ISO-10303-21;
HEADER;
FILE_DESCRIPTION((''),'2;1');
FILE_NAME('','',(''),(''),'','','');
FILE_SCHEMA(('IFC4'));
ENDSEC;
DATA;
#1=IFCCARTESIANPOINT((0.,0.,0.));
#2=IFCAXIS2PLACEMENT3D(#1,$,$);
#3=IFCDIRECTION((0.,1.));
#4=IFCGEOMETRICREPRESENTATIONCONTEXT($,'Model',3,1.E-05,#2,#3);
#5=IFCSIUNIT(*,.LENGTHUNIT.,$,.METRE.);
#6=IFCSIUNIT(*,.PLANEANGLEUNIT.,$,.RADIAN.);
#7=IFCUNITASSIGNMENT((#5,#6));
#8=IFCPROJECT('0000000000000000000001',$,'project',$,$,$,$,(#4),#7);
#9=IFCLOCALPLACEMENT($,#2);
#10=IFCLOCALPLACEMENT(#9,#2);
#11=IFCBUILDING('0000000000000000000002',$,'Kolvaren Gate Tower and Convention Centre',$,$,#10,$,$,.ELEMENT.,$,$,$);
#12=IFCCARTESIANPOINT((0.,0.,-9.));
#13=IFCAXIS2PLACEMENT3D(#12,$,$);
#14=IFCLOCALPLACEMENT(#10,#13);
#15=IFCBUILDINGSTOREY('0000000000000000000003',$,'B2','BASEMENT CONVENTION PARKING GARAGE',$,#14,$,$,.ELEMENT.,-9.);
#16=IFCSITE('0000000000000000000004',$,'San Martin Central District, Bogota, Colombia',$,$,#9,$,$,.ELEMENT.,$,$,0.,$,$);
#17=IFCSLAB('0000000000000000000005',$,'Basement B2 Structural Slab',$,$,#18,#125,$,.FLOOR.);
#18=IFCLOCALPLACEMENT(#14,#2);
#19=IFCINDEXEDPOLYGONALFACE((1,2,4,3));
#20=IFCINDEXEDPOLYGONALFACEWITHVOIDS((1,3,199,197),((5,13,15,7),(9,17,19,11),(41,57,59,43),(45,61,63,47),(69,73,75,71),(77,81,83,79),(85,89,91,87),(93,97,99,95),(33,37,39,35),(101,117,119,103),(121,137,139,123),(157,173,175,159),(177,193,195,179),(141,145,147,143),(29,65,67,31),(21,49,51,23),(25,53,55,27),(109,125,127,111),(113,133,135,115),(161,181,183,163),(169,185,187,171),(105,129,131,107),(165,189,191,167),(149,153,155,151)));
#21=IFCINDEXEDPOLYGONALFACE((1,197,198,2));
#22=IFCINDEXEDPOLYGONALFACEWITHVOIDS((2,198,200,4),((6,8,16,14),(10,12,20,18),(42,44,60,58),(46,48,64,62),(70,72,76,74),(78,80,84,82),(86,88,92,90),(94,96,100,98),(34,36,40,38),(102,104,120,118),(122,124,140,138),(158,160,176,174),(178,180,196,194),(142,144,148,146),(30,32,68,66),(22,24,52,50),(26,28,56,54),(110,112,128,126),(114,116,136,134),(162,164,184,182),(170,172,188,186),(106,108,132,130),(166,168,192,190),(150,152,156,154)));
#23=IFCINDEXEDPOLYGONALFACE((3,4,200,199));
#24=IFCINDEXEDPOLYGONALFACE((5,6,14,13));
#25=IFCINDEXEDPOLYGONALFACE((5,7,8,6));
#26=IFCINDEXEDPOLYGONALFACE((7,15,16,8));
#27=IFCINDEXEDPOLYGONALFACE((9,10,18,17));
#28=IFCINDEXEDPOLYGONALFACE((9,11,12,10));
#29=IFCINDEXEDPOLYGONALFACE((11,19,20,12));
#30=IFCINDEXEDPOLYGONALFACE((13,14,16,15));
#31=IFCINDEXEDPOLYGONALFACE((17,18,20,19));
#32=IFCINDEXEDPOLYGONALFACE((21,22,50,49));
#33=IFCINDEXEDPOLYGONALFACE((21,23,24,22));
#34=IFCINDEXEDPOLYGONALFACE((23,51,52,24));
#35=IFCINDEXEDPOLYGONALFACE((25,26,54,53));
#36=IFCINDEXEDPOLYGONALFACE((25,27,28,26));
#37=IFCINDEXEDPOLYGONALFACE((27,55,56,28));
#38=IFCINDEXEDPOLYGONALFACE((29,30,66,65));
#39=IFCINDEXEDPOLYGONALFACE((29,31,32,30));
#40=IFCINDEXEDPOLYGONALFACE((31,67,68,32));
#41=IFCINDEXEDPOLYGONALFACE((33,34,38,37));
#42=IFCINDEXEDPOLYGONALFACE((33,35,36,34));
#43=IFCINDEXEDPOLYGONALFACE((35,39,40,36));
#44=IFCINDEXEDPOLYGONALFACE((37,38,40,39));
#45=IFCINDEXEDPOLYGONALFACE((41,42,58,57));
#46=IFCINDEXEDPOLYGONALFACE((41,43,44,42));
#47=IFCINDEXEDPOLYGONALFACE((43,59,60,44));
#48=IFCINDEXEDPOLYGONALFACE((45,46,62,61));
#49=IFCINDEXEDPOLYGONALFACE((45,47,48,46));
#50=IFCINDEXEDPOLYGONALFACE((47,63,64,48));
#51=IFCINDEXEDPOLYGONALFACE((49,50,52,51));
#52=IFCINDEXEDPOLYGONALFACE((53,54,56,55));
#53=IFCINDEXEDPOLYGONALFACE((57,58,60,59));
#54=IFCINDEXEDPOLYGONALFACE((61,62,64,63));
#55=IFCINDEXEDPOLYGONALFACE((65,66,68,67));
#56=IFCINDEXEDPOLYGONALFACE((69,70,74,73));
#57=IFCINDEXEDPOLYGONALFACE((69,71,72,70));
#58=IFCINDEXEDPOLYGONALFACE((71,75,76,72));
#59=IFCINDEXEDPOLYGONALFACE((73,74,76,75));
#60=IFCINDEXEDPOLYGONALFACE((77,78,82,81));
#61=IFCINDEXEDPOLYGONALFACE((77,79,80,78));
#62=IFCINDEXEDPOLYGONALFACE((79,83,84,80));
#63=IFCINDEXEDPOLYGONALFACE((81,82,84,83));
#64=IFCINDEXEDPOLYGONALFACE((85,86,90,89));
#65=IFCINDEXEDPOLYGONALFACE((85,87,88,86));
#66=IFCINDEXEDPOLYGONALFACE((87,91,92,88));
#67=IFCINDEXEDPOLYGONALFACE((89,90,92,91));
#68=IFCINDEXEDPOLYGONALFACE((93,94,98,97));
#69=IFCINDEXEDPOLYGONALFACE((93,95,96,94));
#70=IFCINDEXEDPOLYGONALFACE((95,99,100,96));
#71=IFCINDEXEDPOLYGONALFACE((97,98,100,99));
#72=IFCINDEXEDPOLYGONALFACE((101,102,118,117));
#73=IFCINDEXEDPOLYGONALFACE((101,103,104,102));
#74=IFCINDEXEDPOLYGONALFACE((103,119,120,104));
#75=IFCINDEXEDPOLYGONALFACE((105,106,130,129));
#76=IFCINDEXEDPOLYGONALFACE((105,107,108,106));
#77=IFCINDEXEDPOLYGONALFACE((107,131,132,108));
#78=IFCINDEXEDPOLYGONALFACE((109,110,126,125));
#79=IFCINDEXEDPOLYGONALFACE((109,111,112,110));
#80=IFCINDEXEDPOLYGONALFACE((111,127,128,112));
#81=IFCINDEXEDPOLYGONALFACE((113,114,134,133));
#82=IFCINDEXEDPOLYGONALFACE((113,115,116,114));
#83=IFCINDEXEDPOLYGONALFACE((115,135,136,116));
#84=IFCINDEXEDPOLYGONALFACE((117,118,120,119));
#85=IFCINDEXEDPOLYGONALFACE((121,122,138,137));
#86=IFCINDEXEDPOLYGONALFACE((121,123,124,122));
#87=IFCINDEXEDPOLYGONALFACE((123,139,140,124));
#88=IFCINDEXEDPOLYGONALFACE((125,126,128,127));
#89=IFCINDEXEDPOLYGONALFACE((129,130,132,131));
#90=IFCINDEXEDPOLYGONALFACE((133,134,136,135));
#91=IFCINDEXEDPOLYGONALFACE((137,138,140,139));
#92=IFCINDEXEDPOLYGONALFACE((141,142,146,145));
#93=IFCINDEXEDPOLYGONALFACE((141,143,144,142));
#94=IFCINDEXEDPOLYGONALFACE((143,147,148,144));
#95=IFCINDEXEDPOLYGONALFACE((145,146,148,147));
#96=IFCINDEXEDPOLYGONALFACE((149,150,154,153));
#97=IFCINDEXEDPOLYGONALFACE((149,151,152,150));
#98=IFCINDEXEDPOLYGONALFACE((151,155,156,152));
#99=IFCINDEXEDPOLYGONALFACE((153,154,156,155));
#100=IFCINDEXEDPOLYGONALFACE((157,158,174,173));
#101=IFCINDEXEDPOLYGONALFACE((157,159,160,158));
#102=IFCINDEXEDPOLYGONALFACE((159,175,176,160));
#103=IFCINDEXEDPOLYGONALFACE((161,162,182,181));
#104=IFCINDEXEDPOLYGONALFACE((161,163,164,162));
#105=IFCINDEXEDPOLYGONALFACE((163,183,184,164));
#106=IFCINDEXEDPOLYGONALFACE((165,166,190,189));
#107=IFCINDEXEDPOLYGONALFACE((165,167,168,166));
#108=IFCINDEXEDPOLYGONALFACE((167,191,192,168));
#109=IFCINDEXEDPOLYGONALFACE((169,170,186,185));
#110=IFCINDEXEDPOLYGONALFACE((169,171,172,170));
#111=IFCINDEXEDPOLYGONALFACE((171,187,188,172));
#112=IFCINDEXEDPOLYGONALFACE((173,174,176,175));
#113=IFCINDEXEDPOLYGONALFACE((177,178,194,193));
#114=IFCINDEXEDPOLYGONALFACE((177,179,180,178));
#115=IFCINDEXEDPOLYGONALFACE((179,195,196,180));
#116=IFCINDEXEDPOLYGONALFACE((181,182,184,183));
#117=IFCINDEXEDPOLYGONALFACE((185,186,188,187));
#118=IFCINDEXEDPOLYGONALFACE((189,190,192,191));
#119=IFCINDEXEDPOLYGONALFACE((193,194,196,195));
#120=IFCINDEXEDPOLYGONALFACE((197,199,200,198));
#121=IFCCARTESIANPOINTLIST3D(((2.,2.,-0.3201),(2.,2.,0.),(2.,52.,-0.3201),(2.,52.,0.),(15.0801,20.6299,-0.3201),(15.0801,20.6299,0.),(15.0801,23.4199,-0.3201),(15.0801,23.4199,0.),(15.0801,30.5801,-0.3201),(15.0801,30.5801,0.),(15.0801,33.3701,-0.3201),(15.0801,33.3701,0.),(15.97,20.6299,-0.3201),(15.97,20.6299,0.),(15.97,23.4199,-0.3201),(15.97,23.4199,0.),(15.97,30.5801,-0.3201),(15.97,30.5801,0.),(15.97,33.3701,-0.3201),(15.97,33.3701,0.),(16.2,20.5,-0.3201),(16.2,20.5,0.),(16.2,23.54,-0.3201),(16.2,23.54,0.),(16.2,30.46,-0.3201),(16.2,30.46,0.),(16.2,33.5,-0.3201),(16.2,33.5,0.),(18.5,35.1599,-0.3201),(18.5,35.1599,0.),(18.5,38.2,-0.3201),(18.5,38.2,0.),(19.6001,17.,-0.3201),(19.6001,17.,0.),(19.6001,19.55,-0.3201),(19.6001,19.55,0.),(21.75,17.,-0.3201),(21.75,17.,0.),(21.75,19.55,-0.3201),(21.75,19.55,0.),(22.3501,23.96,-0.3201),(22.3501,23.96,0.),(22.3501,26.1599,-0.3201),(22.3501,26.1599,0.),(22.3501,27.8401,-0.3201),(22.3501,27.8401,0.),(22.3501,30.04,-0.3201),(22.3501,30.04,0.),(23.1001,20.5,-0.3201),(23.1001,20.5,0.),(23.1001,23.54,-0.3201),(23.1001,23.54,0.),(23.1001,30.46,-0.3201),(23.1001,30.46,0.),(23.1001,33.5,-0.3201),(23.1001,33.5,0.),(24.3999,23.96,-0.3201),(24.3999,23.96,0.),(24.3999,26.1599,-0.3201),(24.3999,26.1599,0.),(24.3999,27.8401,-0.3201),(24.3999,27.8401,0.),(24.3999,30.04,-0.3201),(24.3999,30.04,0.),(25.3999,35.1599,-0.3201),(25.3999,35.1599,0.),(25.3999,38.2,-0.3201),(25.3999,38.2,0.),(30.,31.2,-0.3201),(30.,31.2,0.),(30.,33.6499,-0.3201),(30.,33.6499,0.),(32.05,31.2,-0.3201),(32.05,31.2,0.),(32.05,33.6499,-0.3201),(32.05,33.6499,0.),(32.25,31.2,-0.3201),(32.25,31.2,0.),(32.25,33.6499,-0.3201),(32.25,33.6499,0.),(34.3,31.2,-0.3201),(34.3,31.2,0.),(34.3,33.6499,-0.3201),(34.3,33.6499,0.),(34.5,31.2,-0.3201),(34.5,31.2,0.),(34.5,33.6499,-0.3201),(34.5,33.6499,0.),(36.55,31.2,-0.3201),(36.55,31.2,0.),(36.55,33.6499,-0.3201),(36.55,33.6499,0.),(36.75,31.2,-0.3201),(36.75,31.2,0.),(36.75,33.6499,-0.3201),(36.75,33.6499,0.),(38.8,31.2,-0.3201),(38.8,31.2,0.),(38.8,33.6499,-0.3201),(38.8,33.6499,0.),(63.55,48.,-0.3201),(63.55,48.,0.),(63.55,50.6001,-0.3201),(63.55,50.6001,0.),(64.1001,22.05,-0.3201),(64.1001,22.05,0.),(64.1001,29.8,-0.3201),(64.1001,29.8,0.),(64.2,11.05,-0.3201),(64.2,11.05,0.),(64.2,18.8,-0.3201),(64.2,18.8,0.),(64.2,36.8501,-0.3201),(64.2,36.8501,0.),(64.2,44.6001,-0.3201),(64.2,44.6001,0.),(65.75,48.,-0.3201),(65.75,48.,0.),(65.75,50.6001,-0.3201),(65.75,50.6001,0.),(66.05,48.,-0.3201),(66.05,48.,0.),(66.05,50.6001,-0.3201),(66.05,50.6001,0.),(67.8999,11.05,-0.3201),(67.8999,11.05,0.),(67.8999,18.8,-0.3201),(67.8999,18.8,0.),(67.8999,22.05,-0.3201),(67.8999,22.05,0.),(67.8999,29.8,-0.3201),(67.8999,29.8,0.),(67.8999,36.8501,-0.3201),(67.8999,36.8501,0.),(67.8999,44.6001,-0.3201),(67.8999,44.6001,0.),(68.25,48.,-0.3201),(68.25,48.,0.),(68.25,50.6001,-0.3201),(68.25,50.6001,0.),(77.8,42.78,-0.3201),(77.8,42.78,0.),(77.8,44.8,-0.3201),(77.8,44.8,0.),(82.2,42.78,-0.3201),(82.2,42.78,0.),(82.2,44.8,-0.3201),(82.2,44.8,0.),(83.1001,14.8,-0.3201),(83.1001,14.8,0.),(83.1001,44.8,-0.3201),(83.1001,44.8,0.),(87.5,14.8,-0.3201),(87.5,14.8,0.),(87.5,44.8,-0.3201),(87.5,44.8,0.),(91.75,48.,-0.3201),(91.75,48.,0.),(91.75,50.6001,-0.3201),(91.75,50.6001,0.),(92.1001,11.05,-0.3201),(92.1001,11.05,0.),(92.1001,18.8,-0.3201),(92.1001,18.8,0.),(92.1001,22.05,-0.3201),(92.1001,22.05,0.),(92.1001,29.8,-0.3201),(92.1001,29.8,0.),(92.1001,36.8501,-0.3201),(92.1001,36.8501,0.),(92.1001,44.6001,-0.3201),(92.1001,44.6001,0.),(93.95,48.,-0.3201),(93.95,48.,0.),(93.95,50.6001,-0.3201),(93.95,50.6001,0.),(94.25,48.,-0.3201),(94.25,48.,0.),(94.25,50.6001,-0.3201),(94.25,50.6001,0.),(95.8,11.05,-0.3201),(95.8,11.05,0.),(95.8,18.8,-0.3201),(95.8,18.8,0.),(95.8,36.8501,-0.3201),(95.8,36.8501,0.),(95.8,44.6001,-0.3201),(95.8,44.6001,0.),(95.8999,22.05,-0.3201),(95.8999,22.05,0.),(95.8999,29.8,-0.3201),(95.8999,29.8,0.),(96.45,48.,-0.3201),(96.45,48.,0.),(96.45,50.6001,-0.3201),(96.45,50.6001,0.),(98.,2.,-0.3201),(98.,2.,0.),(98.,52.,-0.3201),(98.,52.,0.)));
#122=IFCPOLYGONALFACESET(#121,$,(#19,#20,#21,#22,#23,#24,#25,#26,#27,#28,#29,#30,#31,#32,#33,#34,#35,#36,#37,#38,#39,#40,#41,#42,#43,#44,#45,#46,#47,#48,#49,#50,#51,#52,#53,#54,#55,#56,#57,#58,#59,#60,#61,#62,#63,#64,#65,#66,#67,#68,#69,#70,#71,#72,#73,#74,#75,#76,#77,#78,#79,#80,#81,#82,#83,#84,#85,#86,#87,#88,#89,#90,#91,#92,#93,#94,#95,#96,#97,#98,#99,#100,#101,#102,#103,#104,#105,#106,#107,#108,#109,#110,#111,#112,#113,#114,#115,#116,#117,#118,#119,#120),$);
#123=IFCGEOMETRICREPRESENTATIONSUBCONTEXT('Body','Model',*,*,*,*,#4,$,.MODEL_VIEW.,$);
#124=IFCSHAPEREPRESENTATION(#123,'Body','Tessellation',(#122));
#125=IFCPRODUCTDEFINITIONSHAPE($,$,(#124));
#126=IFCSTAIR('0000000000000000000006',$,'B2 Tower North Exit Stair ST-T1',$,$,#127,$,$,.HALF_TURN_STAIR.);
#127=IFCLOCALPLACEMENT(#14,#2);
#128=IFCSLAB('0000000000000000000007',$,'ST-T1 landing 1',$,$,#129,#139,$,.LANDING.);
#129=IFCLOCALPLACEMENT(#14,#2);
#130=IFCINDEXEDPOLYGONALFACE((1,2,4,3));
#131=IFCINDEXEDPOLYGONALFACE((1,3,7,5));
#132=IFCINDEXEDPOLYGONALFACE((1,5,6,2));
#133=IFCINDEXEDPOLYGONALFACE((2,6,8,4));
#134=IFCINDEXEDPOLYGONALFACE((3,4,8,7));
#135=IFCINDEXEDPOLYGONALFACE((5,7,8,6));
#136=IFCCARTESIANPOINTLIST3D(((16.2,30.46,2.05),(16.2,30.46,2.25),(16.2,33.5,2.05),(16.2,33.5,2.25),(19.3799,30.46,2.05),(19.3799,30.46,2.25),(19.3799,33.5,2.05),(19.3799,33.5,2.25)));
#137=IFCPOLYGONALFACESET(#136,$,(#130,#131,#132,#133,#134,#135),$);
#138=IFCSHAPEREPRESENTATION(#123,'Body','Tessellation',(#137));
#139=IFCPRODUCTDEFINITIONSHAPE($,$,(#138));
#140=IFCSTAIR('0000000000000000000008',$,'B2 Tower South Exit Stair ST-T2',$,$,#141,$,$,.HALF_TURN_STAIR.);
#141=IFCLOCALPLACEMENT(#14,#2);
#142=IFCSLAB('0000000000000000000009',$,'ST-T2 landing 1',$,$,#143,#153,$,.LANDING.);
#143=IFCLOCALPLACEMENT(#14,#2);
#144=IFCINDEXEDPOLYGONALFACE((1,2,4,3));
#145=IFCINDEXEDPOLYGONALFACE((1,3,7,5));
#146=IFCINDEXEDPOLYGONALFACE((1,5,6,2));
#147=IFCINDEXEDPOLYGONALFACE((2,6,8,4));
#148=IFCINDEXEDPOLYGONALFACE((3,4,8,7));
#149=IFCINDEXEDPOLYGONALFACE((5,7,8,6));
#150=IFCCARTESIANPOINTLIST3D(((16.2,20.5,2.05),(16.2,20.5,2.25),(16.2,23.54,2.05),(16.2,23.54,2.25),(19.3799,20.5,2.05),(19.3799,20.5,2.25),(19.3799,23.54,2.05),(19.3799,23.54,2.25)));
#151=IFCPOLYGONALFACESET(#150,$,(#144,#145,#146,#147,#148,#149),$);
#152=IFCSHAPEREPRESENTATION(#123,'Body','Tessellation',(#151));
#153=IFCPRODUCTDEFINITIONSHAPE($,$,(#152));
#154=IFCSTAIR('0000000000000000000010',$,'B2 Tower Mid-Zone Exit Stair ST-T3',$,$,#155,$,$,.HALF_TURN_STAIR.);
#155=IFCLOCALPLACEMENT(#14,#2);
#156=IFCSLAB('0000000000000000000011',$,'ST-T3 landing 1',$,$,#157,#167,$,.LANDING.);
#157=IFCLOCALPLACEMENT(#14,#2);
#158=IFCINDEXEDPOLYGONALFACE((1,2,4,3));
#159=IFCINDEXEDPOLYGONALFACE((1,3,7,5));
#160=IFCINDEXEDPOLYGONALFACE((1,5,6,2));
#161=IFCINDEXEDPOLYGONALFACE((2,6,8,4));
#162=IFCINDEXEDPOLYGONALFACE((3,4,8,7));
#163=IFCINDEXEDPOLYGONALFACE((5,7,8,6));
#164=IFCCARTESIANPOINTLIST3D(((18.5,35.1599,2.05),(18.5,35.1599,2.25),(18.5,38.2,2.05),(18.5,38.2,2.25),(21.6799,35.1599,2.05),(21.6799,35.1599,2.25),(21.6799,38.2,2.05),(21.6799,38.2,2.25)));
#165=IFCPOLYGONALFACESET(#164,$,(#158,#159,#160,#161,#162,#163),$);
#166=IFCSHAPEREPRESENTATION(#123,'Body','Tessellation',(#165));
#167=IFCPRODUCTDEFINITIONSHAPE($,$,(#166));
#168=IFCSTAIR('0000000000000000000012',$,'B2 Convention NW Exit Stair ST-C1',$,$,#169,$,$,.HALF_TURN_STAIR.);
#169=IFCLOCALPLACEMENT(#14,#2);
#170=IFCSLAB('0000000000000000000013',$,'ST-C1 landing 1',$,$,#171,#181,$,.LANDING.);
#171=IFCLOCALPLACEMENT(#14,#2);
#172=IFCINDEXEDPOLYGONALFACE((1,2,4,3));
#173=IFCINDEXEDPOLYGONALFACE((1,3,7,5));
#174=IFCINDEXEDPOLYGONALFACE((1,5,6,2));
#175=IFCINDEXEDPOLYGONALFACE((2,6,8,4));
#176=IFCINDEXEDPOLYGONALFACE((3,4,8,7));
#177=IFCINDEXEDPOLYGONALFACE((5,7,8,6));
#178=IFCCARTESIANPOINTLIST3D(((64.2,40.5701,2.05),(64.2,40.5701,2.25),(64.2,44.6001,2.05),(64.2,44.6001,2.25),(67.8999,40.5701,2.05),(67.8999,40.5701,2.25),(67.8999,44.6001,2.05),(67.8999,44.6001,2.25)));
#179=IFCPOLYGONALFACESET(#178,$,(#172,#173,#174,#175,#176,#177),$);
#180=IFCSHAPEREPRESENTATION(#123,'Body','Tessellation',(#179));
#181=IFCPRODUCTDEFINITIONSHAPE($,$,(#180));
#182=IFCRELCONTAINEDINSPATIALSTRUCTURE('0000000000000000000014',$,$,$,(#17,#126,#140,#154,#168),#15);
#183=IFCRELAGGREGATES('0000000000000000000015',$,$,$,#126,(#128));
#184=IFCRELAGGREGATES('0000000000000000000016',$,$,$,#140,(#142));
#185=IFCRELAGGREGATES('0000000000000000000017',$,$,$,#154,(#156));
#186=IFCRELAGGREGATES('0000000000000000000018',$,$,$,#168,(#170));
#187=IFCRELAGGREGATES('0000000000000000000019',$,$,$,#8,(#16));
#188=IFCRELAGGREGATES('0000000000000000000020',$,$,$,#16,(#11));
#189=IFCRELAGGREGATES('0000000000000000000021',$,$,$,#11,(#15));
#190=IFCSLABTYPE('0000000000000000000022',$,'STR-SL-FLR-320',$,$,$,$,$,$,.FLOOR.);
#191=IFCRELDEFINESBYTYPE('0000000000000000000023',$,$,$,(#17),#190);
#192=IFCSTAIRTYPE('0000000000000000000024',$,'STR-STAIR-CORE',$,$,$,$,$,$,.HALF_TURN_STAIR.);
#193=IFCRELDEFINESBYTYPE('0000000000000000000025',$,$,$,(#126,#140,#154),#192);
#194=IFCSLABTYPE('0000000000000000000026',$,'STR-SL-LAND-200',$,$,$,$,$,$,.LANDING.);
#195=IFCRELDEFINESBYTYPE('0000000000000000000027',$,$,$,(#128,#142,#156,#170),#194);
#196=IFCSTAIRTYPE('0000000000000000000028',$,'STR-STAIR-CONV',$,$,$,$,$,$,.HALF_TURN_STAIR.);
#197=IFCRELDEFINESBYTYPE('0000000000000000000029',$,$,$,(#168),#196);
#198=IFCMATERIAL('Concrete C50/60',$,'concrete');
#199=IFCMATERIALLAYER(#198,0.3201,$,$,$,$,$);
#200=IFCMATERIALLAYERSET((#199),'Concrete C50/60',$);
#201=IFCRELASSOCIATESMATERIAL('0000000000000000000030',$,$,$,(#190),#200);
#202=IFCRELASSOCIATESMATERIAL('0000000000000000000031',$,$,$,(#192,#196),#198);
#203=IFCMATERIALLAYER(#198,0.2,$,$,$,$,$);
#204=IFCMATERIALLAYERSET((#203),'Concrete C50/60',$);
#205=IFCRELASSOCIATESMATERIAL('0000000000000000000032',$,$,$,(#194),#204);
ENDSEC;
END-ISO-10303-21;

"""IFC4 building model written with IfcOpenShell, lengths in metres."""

from ifc_helpers import new_model, si_unit, direction, frame, origin, place, context, subcontext, project, spatial, polyline, outline, extrude, material, layer, layer_set, type_object, element, aggregate, save


model = new_model("IFC4")

# Units and contexts
model_context = context("Model", 3, precision=1e-05, world=origin(), true_north=direction((0.0, 1.0)))
body_context = subcontext(model_context, "Body", "Model", "MODEL_VIEW")
ifc_project = project(units=[si_unit("LENGTHUNIT", "METRE"), si_unit("PLANEANGLEUNIT", "RADIAN")], contexts=[model_context])

# Site, building, storey
site_placement = place(None, origin())
site = spatial("IfcSite", under=ifc_project, at=site_placement, Name="San Martin Central District, Bogota, Colombia", CompositionType="ELEMENT", RefElevation=0.0)
building_placement = place(site_placement, origin())
building = spatial("IfcBuilding", under=site, at=building_placement, Name="Kolvaren Gate Tower and Convention Centre", CompositionType="ELEMENT")
storey_placement = place(building_placement, frame((0.0, 0.0, -9.0)))
storey = spatial("IfcBuildingStorey", under=building, at=storey_placement, Name="B2", Description="BASEMENT CONVENTION PARKING GARAGE", CompositionType="ELEMENT", Elevation=-9.0)

# Slab
ifc_material_1 = material(Name="Concrete C50/60", Category="concrete")
ifc_layer_1 = layer(ifc_material_1, 0.3201)
ifc_layer_set_1 = layer_set([ifc_layer_1], Name="Concrete C50/60")
slab_type_1 = type_object("IfcSlabType", Name="STR-SL-FLR-320", PredefinedType="FLOOR", material=ifc_layer_set_1)
slab_1_placement = place(storey_placement, frame((0.0, 0.0, -0.3201)))
element("IfcSlab", 1, at=slab_1_placement, inside=storey, type_object=slab_type_1, Name="Basement B2 Structural Slab", PredefinedType="FLOOR", context=body_context, shape_type="SweptSolid", body=[
    extrude(outline(polyline([(2.0, 2.0), (98.0, 2.0), (98.0, 52.0), (2.0, 52.0), (2.0, 2.0)]), holes=[polyline([(94.25, 50.6001), (96.45, 50.6001), (96.45, 48.0), (94.25, 48.0), (94.25, 50.6001)]), polyline([(95.8999, 22.05), (92.1001, 22.05), (92.1001, 29.8), (95.8999, 29.8), (95.8999, 22.05)]), polyline([(95.8, 36.8501), (92.1001, 36.8501), (92.1001, 44.6001), (95.8, 44.6001), (95.8, 36.8501)]), polyline([(92.1001, 11.05), (92.1001, 18.8), (95.8, 18.8), (95.8, 11.05), (92.1001, 11.05)]), polyline([(91.75, 50.6001), (93.95, 50.6001), (93.95, 48.0), (91.75, 48.0), (91.75, 50.6001)]), polyline([(83.1001, 44.8), (87.5, 44.8), (87.5, 14.8), (83.1001, 14.8), (83.1001, 44.8)]), polyline([(77.8, 44.8), (82.2, 44.8), (82.2, 42.78), (77.8, 42.78), (77.8, 44.8)]), polyline([(66.05, 48.0), (66.05, 50.6001), (68.25, 50.6001), (68.25, 48.0), (66.05, 48.0)]), polyline([(67.8999, 11.05), (64.2, 11.05), (64.2, 18.8), (67.8999, 18.8), (67.8999, 11.05)]), polyline([(64.2, 36.8501), (64.2, 44.6001), (67.8999, 44.6001), (67.8999, 36.8501), (64.2, 36.8501)]), polyline([(64.1001, 22.05), (64.1001, 29.8), (67.8999, 29.8), (67.8999, 22.05), (64.1001, 22.05)]), polyline([(63.55, 50.6001), (65.75, 50.6001), (65.75, 48.0), (63.55, 48.0), (63.55, 50.6001)]), polyline([(36.75, 33.6499), (38.8, 33.6499), (38.8, 31.2), (36.75, 31.2), (36.75, 33.6499)]), polyline([(34.5, 31.2), (34.5, 33.6499), (36.55, 33.6499), (36.55, 31.2), (34.5, 31.2)]), polyline([(32.25, 33.6499), (34.3, 33.6499), (34.3, 31.2), (32.25, 31.2), (32.25, 33.6499)]), polyline([(30.0, 33.6499), (32.05, 33.6499), (32.05, 31.2), (30.0, 31.2), (30.0, 33.6499)]), polyline([(25.3999, 35.1599), (18.5, 35.1599), (18.5, 38.2), (25.3999, 38.2), (25.3999, 35.1599)]), polyline([(22.3501, 30.04), (24.3999, 30.04), (24.3999, 27.8401), (22.3501, 27.8401), (22.3501, 30.04)]), polyline([(22.3501, 23.96), (22.3501, 26.1599), (24.3999, 26.1599), (24.3999, 23.96), (22.3501, 23.96)]), polyline([(23.1001, 33.5), (23.1001, 30.46), (16.2, 30.46), (16.2, 33.5), (23.1001, 33.5)]), polyline([(23.1001, 20.5), (16.2, 20.5), (16.2, 23.54), (23.1001, 23.54), (23.1001, 20.5)]), polyline([(19.6001, 17.0), (19.6001, 19.55), (21.75, 19.55), (21.75, 17.0), (19.6001, 17.0)]), polyline([(15.0801, 23.4199), (15.97, 23.4199), (15.97, 20.6299), (15.0801, 20.6299), (15.0801, 23.4199)]), polyline([(15.0801, 33.3701), (15.97, 33.3701), (15.97, 30.5801), (15.0801, 30.5801), (15.0801, 33.3701)])]), origin(), (0.0, 0.0, 1.0), 0.3201),
])

# Stairs, slabs
stair_type_1 = type_object("IfcStairType", Name="STR-STAIR-CORE", PredefinedType="HALF_TURN_STAIR", material=ifc_material_1)
stair_1_placement = place(storey_placement, origin())
stair_1 = element("IfcStair", 2, at=stair_1_placement, inside=storey, type_object=stair_type_1, Name="B2 Tower North Exit Stair ST-T1", PredefinedType="HALF_TURN_STAIR")
ifc_layer_2 = layer(ifc_material_1, 0.2)
ifc_layer_set_2 = layer_set([ifc_layer_2], Name="Concrete C50/60")
slab_type_2 = type_object("IfcSlabType", Name="STR-SL-LAND-200", PredefinedType="LANDING", material=ifc_layer_set_2)
slab_2_placement = place(storey_placement, frame((0.0, 0.0, 2.05)))
slab_2 = element("IfcSlab", 3, at=slab_2_placement, type_object=slab_type_2, Name="ST-T1 landing 1", PredefinedType="LANDING", context=body_context, shape_type="SweptSolid", body=[
    extrude(outline(polyline([(19.3799, 33.5), (16.2, 33.5), (16.2, 30.46), (19.3799, 30.46), (19.3799, 33.5)])), origin(), (0.0, 0.0, 1.0), 0.2),
])
aggregate(stair_1, [slab_2])
stair_2_placement = place(storey_placement, origin())
stair_2 = element("IfcStair", 4, at=stair_2_placement, inside=storey, type_object=stair_type_1, Name="B2 Tower South Exit Stair ST-T2", PredefinedType="HALF_TURN_STAIR")
slab_3_placement = place(storey_placement, frame((0.0, 0.0, 2.05)))
slab_3 = element("IfcSlab", 5, at=slab_3_placement, type_object=slab_type_2, Name="ST-T2 landing 1", PredefinedType="LANDING", context=body_context, shape_type="SweptSolid", body=[
    extrude(outline(polyline([(19.3799, 23.54), (16.2, 23.54), (16.2, 20.5), (19.3799, 20.5), (19.3799, 23.54)])), origin(), (0.0, 0.0, 1.0), 0.2),
])
aggregate(stair_2, [slab_3])
stair_3_placement = place(storey_placement, origin())
stair_3 = element("IfcStair", 6, at=stair_3_placement, inside=storey, type_object=stair_type_1, Name="B2 Tower Mid-Zone Exit Stair ST-T3", PredefinedType="HALF_TURN_STAIR")
slab_4_placement = place(storey_placement, frame((0.0, 0.0, 2.05)))
slab_4 = element("IfcSlab", 7, at=slab_4_placement, type_object=slab_type_2, Name="ST-T3 landing 1", PredefinedType="LANDING", context=body_context, shape_type="SweptSolid", body=[
    extrude(outline(polyline([(21.6799, 38.2), (18.5, 38.2), (18.5, 35.1599), (21.6799, 35.1599), (21.6799, 38.2)])), origin(), (0.0, 0.0, 1.0), 0.2),
])
aggregate(stair_3, [slab_4])
stair_type_2 = type_object("IfcStairType", Name="STR-STAIR-CONV", PredefinedType="HALF_TURN_STAIR", material=ifc_material_1)
stair_4_placement = place(storey_placement, origin())
stair_4 = element("IfcStair", 8, at=stair_4_placement, inside=storey, type_object=stair_type_2, Name="B2 Convention NW Exit Stair ST-C1", PredefinedType="HALF_TURN_STAIR")
slab_5_placement = place(storey_placement, frame((0.0, 0.0, 2.05)))
slab_5 = element("IfcSlab", 9, at=slab_5_placement, type_object=slab_type_2, Name="ST-C1 landing 1", PredefinedType="LANDING", context=body_context, shape_type="SweptSolid", body=[
    extrude(outline(polyline([(67.8999, 40.5701), (67.8999, 44.6001), (64.2, 44.6001), (64.2, 40.5701), (67.8999, 40.5701)])), origin(), (0.0, 0.0, 1.0), 0.2),
])
aggregate(stair_4, [slab_5])

save(model, "model.ifc")
